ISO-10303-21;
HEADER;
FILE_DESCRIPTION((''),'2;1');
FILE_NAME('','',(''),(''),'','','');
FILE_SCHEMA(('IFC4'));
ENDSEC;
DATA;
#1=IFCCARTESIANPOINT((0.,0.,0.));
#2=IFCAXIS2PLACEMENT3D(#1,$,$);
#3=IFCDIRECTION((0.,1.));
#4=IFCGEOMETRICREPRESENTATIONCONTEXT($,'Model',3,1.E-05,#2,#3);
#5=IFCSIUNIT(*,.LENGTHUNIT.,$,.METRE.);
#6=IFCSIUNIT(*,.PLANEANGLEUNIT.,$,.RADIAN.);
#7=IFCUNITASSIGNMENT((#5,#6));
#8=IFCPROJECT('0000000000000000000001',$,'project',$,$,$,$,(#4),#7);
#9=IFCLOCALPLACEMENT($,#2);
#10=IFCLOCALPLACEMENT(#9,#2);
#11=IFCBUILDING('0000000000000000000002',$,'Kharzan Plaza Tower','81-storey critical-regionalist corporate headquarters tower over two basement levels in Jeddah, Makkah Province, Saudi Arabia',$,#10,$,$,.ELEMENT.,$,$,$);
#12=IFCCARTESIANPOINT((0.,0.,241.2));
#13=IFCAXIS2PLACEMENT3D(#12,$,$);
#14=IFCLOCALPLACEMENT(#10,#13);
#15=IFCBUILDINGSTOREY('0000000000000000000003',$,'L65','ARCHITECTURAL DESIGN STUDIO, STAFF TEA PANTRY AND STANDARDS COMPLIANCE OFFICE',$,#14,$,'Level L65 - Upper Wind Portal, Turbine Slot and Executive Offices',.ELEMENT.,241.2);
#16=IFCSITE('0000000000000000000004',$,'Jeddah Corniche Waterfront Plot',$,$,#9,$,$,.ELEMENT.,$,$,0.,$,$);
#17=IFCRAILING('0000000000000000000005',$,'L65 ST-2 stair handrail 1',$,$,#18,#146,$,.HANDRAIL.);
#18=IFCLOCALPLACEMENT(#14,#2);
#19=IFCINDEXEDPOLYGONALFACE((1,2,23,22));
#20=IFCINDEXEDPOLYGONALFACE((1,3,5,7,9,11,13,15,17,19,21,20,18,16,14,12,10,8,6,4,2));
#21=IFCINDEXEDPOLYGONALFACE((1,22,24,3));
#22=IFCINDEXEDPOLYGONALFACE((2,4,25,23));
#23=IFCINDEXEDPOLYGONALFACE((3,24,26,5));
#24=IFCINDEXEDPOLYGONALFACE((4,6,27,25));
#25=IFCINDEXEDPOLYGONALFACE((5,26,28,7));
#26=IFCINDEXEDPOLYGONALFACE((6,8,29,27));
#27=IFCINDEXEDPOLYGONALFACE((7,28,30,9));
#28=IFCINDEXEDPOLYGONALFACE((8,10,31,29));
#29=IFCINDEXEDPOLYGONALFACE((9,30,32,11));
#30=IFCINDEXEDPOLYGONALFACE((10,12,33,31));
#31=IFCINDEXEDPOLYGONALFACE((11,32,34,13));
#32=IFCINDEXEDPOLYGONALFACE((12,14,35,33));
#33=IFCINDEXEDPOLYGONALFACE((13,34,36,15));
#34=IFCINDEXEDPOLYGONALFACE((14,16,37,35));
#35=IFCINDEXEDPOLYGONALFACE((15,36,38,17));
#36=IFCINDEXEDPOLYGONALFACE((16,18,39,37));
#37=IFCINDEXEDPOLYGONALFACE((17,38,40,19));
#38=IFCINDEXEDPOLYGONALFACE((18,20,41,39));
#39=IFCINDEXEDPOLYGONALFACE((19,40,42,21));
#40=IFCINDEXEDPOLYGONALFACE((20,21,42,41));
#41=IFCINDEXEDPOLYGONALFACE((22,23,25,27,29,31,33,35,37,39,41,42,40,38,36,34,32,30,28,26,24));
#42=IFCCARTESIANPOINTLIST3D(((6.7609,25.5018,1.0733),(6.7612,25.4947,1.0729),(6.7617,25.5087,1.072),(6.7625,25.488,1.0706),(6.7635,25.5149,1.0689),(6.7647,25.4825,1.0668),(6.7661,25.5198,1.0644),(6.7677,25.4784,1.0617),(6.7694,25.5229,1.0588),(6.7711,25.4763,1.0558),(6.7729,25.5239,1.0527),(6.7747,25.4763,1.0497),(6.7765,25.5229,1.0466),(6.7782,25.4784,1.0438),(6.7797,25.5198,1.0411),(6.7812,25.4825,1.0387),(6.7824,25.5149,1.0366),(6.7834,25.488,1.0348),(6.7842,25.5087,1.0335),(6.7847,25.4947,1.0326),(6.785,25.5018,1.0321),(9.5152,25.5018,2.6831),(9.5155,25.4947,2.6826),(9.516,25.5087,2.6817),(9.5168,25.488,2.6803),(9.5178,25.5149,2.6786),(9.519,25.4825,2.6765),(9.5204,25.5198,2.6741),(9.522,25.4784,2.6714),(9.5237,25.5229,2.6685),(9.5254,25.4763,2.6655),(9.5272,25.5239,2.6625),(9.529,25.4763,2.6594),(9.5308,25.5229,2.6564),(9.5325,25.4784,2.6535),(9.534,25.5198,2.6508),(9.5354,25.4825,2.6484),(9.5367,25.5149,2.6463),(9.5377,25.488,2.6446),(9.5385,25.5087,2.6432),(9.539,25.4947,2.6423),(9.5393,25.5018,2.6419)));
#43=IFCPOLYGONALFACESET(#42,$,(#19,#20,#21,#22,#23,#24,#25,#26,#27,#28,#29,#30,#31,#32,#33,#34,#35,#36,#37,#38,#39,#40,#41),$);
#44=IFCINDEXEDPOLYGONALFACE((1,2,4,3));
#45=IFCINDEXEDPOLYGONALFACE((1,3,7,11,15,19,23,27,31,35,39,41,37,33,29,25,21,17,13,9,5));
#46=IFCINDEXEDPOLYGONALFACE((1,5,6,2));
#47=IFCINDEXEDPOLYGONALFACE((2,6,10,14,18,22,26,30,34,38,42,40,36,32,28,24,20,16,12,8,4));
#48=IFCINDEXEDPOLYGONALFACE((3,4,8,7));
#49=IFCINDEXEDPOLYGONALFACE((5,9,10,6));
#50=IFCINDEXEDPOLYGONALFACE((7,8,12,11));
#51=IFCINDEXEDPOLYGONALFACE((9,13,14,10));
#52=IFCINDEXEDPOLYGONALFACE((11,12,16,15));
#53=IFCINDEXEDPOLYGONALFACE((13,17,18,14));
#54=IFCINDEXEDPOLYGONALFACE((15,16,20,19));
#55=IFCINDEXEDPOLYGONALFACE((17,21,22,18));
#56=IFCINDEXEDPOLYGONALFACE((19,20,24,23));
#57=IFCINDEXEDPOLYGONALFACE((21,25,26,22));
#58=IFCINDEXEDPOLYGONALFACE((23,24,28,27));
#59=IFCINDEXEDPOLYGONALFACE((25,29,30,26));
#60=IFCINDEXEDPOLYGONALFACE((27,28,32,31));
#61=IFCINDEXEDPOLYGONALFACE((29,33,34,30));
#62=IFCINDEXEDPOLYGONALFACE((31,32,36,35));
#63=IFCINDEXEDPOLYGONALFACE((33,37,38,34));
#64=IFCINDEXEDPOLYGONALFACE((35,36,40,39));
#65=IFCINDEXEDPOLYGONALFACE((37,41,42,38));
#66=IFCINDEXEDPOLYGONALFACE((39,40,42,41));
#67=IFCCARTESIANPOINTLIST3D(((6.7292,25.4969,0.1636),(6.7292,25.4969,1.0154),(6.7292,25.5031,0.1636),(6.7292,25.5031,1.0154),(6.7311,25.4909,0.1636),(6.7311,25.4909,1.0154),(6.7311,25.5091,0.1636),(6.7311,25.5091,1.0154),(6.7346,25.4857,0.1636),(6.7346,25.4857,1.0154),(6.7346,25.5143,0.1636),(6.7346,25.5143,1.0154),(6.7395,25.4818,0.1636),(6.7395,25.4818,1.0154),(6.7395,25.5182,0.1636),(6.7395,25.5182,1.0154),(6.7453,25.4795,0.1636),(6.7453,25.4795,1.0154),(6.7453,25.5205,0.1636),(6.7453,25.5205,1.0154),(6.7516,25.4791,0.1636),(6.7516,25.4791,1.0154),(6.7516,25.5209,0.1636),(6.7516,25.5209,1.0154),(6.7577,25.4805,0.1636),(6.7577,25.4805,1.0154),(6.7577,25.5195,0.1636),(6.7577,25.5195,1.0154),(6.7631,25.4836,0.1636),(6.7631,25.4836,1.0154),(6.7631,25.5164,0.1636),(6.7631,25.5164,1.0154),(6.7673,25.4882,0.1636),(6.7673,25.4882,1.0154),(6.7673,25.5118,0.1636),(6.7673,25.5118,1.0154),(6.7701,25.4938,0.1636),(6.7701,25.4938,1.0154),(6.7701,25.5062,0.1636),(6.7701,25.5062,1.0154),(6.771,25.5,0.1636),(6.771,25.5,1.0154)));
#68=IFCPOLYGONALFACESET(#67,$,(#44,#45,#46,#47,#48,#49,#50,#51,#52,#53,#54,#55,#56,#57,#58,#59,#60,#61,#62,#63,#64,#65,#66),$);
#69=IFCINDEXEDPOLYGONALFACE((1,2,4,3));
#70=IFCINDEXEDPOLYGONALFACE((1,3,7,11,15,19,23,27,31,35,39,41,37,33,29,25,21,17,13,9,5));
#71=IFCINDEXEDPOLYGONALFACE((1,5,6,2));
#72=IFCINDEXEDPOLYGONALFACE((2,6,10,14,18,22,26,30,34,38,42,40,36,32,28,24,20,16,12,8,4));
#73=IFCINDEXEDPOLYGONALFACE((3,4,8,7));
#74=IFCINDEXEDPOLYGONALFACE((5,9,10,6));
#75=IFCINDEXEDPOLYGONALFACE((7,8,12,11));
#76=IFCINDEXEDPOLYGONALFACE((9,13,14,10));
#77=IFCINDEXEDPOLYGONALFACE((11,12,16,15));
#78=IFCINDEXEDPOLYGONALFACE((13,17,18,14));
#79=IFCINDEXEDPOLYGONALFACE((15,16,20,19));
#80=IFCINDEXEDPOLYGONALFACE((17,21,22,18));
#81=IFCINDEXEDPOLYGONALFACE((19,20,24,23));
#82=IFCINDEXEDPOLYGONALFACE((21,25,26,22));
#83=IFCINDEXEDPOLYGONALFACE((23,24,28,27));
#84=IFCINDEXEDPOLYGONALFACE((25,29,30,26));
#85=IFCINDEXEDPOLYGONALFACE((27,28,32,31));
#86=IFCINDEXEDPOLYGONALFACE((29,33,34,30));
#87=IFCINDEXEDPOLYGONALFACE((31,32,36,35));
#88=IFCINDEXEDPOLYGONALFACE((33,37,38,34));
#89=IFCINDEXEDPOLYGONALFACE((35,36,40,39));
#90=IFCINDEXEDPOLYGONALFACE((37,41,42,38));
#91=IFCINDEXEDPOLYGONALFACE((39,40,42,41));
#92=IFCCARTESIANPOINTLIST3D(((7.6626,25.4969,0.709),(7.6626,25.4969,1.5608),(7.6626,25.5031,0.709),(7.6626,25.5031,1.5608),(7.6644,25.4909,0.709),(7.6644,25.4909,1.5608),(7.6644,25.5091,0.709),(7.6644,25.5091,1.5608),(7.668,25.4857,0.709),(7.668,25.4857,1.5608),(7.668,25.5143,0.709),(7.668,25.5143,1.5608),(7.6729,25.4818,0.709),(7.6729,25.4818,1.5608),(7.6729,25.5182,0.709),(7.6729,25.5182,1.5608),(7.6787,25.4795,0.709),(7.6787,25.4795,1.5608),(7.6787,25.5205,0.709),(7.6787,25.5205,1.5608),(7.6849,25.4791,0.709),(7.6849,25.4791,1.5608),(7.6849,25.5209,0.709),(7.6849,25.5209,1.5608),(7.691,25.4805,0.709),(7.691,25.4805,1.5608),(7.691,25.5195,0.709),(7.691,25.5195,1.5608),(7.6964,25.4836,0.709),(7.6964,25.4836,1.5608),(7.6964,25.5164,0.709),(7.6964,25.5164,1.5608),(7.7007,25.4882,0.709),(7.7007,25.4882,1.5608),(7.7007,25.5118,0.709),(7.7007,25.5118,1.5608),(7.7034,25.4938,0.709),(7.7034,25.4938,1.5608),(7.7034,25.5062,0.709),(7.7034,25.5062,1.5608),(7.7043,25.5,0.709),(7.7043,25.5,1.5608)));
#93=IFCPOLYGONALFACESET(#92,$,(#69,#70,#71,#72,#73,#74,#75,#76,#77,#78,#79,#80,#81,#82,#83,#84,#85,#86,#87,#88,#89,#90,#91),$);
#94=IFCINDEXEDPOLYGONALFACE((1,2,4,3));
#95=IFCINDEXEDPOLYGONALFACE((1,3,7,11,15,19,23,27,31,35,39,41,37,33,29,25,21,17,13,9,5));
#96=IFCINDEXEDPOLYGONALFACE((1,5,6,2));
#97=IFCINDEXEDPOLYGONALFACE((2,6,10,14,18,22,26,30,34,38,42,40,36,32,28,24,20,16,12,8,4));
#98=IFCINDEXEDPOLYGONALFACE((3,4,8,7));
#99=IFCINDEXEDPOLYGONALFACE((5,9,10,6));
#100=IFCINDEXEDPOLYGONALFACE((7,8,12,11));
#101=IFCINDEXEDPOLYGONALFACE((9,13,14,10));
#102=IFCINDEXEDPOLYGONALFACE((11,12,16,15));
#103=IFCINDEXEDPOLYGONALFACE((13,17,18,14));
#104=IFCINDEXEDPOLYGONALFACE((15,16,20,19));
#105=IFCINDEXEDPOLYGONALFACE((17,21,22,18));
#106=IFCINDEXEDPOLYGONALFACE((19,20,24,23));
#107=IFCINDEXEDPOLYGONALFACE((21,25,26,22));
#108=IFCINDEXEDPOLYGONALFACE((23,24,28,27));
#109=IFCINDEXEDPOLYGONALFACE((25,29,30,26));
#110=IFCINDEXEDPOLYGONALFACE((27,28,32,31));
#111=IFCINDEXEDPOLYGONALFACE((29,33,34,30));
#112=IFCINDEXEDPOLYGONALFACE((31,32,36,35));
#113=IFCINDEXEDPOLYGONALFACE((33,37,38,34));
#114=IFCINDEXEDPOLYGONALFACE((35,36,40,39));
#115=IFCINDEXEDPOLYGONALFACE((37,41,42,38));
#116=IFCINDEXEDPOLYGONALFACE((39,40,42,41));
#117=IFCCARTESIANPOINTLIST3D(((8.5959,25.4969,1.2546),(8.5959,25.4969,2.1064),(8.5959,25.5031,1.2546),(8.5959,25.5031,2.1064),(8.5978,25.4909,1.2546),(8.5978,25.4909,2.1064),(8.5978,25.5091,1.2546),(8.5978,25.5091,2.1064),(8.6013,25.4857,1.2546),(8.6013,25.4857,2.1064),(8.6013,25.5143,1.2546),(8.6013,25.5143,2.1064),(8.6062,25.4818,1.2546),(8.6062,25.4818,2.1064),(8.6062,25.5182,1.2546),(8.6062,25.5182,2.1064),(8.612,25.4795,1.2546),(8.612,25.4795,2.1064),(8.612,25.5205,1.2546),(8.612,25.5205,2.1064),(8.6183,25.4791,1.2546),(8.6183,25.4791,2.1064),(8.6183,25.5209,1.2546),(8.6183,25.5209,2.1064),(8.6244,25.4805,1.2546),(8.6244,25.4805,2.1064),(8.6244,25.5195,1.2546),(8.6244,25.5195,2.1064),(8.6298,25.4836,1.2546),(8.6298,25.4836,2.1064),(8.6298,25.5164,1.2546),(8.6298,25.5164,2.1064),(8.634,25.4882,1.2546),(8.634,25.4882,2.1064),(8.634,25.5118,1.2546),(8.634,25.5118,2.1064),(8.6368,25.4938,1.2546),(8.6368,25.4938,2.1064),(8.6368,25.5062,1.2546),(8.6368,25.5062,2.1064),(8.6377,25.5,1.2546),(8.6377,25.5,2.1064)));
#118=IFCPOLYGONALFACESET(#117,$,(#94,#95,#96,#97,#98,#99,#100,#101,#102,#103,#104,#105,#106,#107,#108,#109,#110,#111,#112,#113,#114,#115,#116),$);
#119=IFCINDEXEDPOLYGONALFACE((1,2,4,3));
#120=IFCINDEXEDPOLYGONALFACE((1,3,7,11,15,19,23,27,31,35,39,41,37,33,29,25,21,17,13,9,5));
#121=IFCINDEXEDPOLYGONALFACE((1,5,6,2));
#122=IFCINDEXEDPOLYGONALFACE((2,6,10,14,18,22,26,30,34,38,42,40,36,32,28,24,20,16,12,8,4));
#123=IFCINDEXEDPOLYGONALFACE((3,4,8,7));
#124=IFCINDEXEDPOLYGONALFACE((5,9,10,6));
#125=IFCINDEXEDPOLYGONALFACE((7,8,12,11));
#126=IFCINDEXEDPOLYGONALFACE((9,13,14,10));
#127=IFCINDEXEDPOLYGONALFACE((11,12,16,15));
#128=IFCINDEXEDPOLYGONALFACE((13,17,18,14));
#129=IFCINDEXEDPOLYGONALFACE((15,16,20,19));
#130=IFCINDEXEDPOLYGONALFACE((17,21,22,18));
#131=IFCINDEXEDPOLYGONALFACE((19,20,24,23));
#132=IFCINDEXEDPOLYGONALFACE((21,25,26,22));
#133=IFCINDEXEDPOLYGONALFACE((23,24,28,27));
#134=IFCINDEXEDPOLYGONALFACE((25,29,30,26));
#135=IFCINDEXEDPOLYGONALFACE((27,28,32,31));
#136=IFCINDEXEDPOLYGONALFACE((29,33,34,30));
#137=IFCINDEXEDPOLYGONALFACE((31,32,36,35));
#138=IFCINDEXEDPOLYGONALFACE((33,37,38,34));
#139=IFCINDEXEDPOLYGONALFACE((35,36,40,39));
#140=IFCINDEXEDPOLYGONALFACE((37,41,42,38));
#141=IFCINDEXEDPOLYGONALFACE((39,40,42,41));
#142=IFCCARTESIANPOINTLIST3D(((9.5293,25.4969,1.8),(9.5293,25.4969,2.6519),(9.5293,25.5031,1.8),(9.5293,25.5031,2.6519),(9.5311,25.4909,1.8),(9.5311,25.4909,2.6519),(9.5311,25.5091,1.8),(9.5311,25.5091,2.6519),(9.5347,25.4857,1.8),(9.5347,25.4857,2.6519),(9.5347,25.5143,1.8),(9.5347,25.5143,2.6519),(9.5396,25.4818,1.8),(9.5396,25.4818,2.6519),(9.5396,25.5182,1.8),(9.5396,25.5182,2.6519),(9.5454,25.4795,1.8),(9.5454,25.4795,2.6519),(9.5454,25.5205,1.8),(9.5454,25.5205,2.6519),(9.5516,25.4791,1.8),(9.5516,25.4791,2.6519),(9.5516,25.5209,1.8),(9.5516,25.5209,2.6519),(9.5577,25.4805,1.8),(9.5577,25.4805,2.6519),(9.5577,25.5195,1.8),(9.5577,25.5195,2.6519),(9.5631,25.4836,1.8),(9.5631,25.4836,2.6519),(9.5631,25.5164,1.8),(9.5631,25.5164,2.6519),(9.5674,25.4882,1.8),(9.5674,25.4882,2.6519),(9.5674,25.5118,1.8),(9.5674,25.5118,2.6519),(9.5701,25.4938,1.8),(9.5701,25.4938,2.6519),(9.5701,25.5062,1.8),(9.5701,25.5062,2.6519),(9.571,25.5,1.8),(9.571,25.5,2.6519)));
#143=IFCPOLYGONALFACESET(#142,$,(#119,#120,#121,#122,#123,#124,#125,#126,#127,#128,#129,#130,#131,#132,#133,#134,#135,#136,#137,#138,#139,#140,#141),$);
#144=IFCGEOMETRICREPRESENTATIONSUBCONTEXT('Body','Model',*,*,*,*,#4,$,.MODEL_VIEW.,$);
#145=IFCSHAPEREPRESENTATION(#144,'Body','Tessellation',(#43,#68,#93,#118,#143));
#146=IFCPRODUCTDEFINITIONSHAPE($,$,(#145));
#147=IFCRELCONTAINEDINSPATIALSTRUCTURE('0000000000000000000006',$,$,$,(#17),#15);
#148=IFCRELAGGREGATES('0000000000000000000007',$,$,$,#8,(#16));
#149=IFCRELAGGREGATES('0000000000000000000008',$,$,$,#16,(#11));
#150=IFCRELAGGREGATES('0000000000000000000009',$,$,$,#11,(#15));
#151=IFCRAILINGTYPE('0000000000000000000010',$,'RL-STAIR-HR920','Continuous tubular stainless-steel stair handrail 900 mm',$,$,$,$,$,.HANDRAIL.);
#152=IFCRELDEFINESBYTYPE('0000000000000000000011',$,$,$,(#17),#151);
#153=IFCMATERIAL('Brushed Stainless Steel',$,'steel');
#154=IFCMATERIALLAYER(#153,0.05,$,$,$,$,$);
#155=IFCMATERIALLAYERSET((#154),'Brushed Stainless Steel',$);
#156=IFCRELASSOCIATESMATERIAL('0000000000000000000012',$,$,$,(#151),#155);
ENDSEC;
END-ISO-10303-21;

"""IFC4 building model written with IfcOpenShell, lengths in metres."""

from ifc_helpers import new_model, si_unit, direction, frame, origin, origin_2d, place, context, subcontext, project, spatial, circle, extrude, source, transform, mapped, material, layer, layer_set, type_object, element, save


model = new_model("IFC4")

# Units and contexts
model_context = context("Model", 3, precision=1e-05, world=origin(), true_north=direction((0.0, 1.0)))
body_context = subcontext(model_context, "Body", "Model", "MODEL_VIEW")
ifc_project = project(units=[si_unit("LENGTHUNIT", "METRE"), si_unit("PLANEANGLEUNIT", "RADIAN")], contexts=[model_context])

# Site, building, storey
site_placement = place(None, origin())
site = spatial("IfcSite", under=ifc_project, at=site_placement, Name="Jeddah Corniche Waterfront Plot", CompositionType="ELEMENT", RefElevation=0.0)
building_placement = place(site_placement, origin())
building = spatial("IfcBuilding", under=site, at=building_placement, Name="Kharzan Plaza Tower", Description="81-storey critical-regionalist corporate headquarters tower over two basement levels in Jeddah, Makkah Province, Saudi Arabia", CompositionType="ELEMENT")
storey_placement = place(building_placement, frame((0.0, 0.0, 241.2)))
storey = spatial("IfcBuildingStorey", under=building, at=storey_placement, Name="L65", Description="ARCHITECTURAL DESIGN STUDIO, STAFF TEA PANTRY AND STANDARDS COMPLIANCE OFFICE", LongName="Level L65 - Upper Wind Portal, Turbine Slot and Executive Offices", CompositionType="ELEMENT", Elevation=241.2)

# Shared definitions
ifc_material_1 = material(Name="Brushed Stainless Steel", Category="steel")

# Railing
ifc_layer_1 = layer(ifc_material_1, 0.05)
ifc_layer_set_1 = layer_set([ifc_layer_1], Name="Brushed Stainless Steel")
railing_type_1 = type_object("IfcRailingType", Name="RL-STAIR-HR920", Description="Continuous tubular stainless-steel stair handrail 900 mm", PredefinedType="HANDRAIL", material=ifc_layer_set_1)
shared_shape_1 = source(origin(), body_context, "Body", "SweptSolid", [
    extrude(circle(Radius=0.0239, at=origin_2d()), frame((0.0229, 0.0, 0.8892), z_axis=(0.863361, 0.0, 0.504587), x_axis=(0.0, 1.0, 0.0)), (0.0, 0.0, 1.0), 3.1902),
    extrude(circle(Radius=0.021, at=origin_2d()), origin(), (0.0, 0.0, 1.0), 0.8518),
    extrude(circle(Radius=0.021, at=origin_2d()), frame((0.9333, 0.0, 0.5454)), (0.0, 0.0, 1.0), 0.8518),
    extrude(circle(Radius=0.021, at=origin_2d()), frame((1.8667, 0.0, 1.0911)), (0.0, 0.0, 1.0), 0.8518),
    extrude(circle(Radius=0.021, at=origin_2d()), frame((2.8, 0.0, 1.6365)), (0.0, 0.0, 1.0), 0.8518),
])
railing_1_placement = place(storey_placement, frame((6.75, 25.5, 0.1636)))
element("IfcRailing", 1, at=railing_1_placement, inside=storey, type_object=railing_type_1, Name="L65 ST-2 stair handrail 1", PredefinedType="HANDRAIL", context=body_context, shape_type="MappedRepresentation", body=[
    mapped(shared_shape_1, transform((0.0, 0.0, 0.0), x_axis=(1.0, 0.0, 0.0), y_axis=(0.0, 1.0, 0.0), z_axis=(0.0, 0.0, 1.0))),
])

save(model, "model.ifc")
